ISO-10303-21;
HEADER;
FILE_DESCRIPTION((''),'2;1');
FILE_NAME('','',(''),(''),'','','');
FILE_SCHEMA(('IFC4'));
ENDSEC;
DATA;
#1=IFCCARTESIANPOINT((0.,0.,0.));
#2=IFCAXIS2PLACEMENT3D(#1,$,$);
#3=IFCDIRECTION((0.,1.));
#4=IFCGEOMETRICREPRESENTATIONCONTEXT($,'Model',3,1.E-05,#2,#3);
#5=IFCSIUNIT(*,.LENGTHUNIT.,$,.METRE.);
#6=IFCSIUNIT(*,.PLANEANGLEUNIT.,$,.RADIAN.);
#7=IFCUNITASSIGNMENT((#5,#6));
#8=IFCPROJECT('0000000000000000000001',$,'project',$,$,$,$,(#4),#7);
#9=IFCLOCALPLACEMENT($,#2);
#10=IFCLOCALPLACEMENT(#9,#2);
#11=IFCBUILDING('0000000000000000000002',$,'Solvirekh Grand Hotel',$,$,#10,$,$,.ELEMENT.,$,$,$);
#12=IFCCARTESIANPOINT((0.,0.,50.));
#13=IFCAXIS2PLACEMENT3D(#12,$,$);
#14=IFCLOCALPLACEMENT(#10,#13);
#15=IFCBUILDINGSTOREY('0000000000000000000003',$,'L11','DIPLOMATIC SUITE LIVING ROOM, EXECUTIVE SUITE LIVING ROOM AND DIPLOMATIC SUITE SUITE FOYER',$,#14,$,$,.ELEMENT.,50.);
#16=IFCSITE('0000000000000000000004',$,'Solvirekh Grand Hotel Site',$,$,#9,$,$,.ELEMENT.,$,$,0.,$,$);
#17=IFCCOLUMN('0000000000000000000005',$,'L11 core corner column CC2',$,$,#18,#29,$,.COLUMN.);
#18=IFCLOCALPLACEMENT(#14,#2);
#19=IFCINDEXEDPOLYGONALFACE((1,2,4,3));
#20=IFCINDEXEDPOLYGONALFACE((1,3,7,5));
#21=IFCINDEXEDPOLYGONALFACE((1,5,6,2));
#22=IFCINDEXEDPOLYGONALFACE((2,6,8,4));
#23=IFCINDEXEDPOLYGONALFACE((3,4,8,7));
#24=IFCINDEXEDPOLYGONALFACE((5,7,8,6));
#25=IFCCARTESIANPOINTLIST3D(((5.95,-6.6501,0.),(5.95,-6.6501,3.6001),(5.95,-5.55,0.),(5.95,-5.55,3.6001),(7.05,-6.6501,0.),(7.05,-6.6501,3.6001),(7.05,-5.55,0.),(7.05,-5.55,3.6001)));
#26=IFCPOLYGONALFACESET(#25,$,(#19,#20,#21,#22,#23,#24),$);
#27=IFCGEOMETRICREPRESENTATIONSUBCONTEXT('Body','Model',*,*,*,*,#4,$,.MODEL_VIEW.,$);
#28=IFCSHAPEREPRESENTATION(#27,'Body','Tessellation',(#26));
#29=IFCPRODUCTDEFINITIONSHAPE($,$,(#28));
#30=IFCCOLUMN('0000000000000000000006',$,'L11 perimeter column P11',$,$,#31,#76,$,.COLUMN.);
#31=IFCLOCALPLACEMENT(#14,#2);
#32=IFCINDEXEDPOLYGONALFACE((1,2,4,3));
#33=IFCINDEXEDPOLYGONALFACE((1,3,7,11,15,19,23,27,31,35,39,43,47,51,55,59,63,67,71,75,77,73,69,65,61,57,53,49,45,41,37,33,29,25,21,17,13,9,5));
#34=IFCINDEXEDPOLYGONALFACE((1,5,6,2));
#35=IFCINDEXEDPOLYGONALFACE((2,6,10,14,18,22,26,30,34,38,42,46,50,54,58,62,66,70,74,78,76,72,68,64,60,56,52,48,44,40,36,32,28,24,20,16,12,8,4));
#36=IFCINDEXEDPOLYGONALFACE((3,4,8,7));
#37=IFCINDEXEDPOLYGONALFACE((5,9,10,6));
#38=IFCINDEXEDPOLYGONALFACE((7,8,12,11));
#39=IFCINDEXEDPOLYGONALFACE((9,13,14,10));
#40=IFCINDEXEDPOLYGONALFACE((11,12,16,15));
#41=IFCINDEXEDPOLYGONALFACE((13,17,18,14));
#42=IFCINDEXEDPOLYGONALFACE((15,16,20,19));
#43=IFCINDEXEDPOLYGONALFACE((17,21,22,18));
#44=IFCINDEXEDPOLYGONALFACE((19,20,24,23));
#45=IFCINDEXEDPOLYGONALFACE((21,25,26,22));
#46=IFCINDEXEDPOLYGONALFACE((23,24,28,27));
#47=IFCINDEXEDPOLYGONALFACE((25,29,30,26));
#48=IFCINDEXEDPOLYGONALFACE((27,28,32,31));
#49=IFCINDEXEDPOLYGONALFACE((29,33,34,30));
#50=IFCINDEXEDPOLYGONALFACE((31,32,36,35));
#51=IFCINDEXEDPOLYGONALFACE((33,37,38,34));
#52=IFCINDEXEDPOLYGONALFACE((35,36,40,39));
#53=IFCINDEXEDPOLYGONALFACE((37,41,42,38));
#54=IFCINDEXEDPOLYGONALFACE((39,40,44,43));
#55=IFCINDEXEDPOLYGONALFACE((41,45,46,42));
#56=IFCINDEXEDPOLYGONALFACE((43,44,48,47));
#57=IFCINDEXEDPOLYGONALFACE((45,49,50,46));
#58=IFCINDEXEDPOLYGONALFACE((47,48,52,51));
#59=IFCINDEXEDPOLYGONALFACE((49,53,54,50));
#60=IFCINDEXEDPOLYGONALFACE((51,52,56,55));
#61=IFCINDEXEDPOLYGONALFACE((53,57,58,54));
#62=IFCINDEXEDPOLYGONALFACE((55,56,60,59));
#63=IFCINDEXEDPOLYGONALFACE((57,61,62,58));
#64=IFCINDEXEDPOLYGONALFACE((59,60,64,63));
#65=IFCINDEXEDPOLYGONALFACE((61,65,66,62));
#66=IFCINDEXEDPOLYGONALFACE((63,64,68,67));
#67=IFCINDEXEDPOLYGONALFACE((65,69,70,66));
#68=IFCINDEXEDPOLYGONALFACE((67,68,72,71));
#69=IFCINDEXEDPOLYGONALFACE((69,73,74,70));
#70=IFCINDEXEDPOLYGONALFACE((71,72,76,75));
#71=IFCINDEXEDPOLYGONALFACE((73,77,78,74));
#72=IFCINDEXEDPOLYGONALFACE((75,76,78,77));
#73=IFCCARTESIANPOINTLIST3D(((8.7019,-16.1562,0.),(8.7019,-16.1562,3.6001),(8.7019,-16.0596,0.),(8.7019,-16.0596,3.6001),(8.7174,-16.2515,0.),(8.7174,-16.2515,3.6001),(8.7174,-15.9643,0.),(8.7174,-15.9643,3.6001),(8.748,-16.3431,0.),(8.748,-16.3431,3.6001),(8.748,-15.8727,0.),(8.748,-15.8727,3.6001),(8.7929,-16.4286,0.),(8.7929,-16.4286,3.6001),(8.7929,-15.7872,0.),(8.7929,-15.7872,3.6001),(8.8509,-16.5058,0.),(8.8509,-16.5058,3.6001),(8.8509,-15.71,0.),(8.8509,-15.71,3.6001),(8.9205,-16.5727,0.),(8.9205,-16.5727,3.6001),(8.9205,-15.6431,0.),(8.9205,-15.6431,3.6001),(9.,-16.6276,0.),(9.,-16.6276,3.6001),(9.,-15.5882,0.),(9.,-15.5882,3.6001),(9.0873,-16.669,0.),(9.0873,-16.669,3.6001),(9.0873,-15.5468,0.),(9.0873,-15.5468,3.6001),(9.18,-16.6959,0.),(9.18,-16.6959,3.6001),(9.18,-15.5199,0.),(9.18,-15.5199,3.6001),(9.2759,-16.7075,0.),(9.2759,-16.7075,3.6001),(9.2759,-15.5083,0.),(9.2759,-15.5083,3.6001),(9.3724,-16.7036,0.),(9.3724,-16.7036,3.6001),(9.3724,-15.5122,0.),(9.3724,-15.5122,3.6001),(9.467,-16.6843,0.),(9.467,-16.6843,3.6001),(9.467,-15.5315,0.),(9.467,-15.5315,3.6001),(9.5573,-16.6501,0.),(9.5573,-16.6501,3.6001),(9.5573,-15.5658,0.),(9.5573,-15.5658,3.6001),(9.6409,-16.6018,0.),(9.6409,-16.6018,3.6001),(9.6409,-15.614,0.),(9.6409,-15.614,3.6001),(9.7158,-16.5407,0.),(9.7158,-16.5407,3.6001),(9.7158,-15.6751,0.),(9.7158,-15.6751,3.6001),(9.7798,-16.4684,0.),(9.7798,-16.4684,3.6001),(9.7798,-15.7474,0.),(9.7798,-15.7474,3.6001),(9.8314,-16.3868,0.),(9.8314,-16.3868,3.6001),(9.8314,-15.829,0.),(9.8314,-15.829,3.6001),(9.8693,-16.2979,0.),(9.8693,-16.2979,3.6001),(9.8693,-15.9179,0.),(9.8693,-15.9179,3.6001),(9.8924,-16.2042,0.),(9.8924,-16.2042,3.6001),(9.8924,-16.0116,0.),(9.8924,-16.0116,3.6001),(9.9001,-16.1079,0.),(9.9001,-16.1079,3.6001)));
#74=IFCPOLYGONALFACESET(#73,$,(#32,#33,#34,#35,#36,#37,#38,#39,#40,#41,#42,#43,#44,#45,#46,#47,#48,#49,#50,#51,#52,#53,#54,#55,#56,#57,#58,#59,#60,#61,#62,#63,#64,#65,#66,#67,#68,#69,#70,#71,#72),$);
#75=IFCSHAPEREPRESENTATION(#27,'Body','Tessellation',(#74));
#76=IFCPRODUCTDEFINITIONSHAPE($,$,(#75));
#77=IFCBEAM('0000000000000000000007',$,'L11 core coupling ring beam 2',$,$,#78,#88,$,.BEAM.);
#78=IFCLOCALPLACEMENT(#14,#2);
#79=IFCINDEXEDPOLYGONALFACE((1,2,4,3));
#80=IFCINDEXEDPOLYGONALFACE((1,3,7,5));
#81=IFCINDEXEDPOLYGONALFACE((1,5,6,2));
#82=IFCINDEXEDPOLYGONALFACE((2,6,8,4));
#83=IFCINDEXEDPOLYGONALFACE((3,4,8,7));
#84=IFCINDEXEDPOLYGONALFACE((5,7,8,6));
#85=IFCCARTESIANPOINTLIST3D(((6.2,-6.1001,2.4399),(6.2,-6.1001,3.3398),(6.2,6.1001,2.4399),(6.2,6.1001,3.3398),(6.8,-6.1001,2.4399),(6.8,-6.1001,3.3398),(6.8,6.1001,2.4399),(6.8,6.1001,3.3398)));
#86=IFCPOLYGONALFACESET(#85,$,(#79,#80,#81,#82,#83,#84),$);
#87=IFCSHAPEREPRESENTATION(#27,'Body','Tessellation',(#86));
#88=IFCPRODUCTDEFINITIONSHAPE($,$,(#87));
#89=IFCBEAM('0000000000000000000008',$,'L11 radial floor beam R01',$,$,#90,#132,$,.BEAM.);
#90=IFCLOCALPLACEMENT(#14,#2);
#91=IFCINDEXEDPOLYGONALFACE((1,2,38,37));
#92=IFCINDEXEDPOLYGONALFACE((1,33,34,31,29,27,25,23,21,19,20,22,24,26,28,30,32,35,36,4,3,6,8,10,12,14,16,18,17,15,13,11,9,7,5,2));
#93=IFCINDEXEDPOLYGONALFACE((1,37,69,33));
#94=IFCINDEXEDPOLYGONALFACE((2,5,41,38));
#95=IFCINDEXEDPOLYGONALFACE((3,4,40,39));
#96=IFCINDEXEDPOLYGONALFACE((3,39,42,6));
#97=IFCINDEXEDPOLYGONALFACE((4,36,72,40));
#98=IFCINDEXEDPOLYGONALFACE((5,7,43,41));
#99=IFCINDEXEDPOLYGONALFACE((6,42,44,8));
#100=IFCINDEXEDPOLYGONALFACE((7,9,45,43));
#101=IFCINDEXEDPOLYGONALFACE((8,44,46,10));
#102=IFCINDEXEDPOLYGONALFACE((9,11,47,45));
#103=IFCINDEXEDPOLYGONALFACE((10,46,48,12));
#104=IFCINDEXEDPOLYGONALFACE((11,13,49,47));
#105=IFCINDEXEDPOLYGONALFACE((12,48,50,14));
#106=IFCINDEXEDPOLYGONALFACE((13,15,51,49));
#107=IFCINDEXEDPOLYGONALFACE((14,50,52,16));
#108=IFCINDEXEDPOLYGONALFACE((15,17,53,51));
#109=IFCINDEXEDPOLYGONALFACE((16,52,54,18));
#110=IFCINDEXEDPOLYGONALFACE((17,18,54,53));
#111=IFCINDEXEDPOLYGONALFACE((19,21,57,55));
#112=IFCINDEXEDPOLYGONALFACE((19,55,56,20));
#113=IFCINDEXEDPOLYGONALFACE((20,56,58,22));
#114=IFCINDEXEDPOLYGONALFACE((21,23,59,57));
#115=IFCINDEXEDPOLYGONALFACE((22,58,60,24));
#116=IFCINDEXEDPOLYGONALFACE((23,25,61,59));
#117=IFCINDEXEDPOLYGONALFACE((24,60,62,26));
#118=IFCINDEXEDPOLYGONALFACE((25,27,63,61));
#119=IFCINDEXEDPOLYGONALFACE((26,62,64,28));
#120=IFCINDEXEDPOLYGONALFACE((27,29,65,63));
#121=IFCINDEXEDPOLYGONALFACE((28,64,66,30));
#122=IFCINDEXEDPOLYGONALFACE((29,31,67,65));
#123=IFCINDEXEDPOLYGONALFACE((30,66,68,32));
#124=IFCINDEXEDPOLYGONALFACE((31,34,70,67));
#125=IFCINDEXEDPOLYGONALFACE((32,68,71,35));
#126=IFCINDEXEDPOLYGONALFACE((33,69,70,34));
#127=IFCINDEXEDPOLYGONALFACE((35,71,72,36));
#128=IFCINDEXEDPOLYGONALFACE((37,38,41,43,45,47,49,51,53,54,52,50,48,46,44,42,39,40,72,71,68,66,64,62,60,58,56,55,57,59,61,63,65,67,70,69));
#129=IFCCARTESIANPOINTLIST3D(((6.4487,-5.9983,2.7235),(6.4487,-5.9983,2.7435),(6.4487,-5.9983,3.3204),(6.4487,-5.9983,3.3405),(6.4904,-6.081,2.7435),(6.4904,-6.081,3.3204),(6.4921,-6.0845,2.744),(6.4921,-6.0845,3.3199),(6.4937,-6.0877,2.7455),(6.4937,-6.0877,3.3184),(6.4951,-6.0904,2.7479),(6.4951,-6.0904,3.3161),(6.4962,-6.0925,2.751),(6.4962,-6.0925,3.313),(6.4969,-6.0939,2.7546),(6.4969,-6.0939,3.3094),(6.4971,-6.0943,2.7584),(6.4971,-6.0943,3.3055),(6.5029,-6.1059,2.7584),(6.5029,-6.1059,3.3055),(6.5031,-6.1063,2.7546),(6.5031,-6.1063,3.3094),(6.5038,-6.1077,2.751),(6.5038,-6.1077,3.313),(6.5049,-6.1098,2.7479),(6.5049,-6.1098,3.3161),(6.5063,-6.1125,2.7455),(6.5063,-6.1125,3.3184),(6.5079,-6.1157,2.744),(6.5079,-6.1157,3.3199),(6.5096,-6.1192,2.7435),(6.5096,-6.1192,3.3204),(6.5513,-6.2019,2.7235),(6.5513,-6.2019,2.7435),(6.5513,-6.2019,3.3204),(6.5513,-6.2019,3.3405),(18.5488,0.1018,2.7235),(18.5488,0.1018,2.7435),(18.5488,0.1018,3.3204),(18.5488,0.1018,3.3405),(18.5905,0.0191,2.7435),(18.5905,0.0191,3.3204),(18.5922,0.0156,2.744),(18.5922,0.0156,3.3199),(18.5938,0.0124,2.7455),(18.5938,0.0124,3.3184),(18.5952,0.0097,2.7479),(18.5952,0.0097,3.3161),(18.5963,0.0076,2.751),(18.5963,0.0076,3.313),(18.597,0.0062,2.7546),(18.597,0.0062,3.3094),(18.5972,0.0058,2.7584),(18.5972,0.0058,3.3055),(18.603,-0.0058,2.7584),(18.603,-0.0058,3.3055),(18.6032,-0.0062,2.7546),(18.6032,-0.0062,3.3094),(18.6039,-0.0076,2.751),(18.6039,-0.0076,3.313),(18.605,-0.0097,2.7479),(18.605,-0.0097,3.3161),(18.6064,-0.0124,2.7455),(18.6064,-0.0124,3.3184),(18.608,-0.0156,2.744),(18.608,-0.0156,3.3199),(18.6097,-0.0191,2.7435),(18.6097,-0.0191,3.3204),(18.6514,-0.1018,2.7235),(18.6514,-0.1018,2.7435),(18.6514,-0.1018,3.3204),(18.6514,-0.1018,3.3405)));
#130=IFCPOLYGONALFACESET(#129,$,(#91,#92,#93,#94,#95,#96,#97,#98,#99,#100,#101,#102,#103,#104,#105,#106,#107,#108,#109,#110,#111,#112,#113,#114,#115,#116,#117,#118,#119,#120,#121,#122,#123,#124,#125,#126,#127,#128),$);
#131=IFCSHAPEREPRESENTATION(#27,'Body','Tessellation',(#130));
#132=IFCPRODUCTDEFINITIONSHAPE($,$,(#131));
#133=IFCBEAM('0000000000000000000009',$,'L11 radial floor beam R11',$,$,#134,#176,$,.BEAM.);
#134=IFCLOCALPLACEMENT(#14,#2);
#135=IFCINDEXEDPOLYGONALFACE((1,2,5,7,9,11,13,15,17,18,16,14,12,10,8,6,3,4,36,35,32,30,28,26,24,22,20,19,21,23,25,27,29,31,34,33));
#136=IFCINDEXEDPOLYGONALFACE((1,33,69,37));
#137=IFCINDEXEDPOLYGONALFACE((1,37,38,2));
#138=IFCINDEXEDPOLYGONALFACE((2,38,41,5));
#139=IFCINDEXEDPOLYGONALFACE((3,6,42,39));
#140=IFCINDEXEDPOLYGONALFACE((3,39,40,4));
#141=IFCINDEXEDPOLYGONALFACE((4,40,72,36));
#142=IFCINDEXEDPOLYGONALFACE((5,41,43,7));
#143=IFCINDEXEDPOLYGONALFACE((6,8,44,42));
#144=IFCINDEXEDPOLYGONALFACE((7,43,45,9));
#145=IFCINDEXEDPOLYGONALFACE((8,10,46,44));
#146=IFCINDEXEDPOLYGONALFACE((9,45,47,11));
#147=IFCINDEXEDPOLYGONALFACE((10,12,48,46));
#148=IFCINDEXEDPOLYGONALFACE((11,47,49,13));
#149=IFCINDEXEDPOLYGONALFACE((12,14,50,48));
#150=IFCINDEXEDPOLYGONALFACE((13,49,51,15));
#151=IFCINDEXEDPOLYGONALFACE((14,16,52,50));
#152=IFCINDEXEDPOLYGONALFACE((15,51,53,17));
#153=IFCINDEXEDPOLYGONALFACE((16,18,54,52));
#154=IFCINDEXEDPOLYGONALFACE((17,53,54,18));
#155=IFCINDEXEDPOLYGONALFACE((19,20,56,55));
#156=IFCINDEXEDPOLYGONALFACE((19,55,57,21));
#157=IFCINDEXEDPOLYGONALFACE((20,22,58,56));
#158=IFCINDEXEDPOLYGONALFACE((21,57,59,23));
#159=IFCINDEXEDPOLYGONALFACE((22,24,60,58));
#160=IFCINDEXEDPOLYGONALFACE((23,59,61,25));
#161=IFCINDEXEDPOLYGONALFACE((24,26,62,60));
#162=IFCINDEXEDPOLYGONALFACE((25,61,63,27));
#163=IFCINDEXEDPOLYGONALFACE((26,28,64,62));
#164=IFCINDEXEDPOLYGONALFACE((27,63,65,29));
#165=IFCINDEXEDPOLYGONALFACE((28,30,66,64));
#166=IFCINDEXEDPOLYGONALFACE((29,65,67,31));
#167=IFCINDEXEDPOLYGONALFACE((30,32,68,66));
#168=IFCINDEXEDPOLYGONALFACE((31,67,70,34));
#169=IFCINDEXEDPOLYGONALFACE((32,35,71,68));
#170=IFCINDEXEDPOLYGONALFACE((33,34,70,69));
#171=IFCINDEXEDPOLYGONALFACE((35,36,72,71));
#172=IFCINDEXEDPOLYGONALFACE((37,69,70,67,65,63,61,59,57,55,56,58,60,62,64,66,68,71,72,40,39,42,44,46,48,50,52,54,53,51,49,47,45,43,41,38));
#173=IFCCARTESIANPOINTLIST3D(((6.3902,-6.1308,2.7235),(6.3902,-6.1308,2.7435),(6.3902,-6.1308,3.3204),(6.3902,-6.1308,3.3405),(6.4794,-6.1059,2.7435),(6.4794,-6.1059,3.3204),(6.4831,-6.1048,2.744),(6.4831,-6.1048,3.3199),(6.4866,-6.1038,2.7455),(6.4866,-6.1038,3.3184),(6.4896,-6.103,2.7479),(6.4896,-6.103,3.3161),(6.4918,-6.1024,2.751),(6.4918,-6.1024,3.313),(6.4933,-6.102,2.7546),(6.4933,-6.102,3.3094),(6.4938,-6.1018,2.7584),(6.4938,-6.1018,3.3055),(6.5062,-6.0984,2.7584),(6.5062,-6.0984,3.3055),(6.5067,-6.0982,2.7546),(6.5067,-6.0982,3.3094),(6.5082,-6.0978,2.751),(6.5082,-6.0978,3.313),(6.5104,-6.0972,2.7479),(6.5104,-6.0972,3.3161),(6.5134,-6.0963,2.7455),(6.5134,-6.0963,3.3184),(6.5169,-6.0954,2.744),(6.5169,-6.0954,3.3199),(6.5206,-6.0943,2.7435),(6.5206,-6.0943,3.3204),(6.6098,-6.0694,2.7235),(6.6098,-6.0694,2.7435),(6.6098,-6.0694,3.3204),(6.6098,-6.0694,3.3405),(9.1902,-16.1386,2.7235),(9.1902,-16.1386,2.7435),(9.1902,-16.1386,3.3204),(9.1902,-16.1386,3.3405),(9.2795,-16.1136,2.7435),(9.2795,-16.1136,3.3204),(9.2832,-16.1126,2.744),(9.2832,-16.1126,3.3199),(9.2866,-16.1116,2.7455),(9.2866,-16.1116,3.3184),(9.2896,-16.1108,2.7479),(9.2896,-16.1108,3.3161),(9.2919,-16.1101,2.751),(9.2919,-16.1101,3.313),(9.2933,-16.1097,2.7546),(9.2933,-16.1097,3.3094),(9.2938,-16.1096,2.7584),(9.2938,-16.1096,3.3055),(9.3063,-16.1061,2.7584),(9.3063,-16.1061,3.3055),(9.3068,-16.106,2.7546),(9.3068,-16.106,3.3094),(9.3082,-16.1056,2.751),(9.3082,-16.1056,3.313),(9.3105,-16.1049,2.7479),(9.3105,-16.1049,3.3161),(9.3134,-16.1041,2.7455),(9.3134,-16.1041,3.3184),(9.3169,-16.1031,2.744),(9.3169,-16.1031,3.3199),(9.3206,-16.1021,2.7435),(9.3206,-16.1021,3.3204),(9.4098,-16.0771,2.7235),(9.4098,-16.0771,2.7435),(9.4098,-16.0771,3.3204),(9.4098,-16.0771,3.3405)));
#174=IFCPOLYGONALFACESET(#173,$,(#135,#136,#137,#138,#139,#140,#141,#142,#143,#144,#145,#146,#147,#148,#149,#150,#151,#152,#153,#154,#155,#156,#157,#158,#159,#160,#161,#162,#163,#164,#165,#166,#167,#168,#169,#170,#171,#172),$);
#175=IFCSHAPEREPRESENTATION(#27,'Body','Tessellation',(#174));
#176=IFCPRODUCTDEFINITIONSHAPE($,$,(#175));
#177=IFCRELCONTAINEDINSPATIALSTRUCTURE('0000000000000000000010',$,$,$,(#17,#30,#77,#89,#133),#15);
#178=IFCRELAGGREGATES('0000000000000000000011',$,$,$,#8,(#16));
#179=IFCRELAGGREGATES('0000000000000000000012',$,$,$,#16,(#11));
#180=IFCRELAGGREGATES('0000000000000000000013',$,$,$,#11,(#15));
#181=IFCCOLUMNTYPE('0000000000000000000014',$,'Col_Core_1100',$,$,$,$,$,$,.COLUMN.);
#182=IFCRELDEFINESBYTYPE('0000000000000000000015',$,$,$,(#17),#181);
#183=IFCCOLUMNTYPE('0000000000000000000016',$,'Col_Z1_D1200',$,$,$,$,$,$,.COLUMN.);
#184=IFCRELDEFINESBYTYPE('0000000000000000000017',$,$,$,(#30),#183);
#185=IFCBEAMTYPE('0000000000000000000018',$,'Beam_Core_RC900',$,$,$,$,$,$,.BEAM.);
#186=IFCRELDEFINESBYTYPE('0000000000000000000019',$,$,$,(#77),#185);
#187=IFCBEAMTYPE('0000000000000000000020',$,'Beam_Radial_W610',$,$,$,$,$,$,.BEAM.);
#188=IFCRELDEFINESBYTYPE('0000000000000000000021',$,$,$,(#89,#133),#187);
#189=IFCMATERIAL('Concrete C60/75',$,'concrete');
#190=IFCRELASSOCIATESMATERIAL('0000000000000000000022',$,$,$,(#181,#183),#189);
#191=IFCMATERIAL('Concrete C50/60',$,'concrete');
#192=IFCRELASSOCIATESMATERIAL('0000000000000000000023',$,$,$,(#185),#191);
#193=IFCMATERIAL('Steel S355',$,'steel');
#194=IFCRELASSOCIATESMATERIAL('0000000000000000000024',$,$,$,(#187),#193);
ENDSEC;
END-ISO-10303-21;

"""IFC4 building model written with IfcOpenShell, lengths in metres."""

from ifc_helpers import new_model, si_unit, direction, frame, origin, origin_2d, place, context, subcontext, project, spatial, rectangle, circle, i_section, extrude, material, material_profile, profile_set, type_object, element, save


model = new_model("IFC4")

# Units and contexts
model_context = context("Model", 3, precision=1e-05, world=origin(), true_north=direction((0.0, 1.0)))
body_context = subcontext(model_context, "Body", "Model", "MODEL_VIEW")
ifc_project = project(units=[si_unit("LENGTHUNIT", "METRE"), si_unit("PLANEANGLEUNIT", "RADIAN")], contexts=[model_context])

# Site, building, storey
site_placement = place(None, origin())
site = spatial("IfcSite", under=ifc_project, at=site_placement, Name="Solvirekh Grand Hotel Site", CompositionType="ELEMENT", RefElevation=0.0)
building_placement = place(site_placement, origin())
building = spatial("IfcBuilding", under=site, at=building_placement, Name="Solvirekh Grand Hotel", CompositionType="ELEMENT")
storey_placement = place(building_placement, frame((0.0, 0.0, 50.0)))
storey = spatial("IfcBuildingStorey", under=building, at=storey_placement, Name="L11", Description="DIPLOMATIC SUITE LIVING ROOM, EXECUTIVE SUITE LIVING ROOM AND DIPLOMATIC SUITE SUITE FOYER", CompositionType="ELEMENT", Elevation=50.0)

# Columns
ifc_material_1 = material(Name="Concrete C60/75", Category="concrete")
ifc_material_profile_1 = material_profile(ifc_material_1, rectangle(XDim=1.1001, YDim=1.1001, at=origin_2d()), Name="RC 1100X1100")
ifc_profile_set_1 = profile_set([ifc_material_profile_1], Name="Concrete C60/75")
column_type_1 = type_object("IfcColumnType", Name="Col_Core_1100", PredefinedType="COLUMN", material=ifc_profile_set_1)
column_1_placement = place(storey_placement, frame((6.5, -6.1001, 0.0), z_axis=(0.0, 0.0, 1.0), x_axis=(1.0, 0.0, 0.0)))
element("IfcColumn", 1, at=column_1_placement, inside=storey, type_object=column_type_1, Name="L11 core corner column CC2", PredefinedType="COLUMN", context=body_context, shape_type="SweptSolid", body=[
    extrude(rectangle(XDim=1.1001, YDim=1.1001, at=origin_2d()), origin(), (0.0, 0.0, 1.0), 3.6001),
])
ifc_material_profile_2 = material_profile(ifc_material_1, circle(Radius=0.6001, at=origin_2d()), Name="RC CIRC D1200")
ifc_profile_set_2 = profile_set([ifc_material_profile_2], Name="Concrete C60/75")
column_type_2 = type_object("IfcColumnType", Name="Col_Z1_D1200", PredefinedType="COLUMN", material=ifc_profile_set_2)
column_2_placement = place(storey_placement, frame((9.3, -16.1079, 0.0), z_axis=(0.0, 0.0, 1.0), x_axis=(1.0, 0.0, 0.0)))
element("IfcColumn", 2, at=column_2_placement, inside=storey, type_object=column_type_2, Name="L11 perimeter column P11", PredefinedType="COLUMN", context=body_context, shape_type="SweptSolid", body=[
    extrude(circle(Radius=0.6001, at=origin_2d()), origin(), (0.0, 0.0, 1.0), 3.6001),
])

# Beams
ifc_material_2 = material(Name="Concrete C50/60", Category="concrete")
ifc_material_profile_3 = material_profile(ifc_material_2, rectangle(XDim=0.6001, YDim=0.8999, at=origin_2d()), Name="RC BEAM 600X900")
ifc_profile_set_3 = profile_set([ifc_material_profile_3], Name="Concrete C50/60")
beam_type_1 = type_object("IfcBeamType", Name="Beam_Core_RC900", PredefinedType="BEAM", material=ifc_profile_set_3)
beam_1_placement = place(storey_placement, frame((6.5, -6.1001, 2.8899), z_axis=(0.0, 1.0, 0.0), x_axis=(-1.0, 0.0, 0.0)))
element("IfcBeam", 3, at=beam_1_placement, inside=storey, type_object=beam_type_1, Name="L11 core coupling ring beam 2", PredefinedType="BEAM", context=body_context, shape_type="SweptSolid", body=[
    extrude(rectangle(XDim=0.6001, YDim=0.8999, at=origin_2d()), origin(), (0.0, 0.0, 1.0), 12.2002),
])
ifc_material_3 = material(Name="Steel S355", Category="steel")
ifc_material_profile_4 = material_profile(ifc_material_3, i_section(OverallWidth=0.228, OverallDepth=0.6169, WebThickness=0.0129, FlangeThickness=0.02, FilletRadius=0.0149, at=origin_2d()), Name="W610X140")
ifc_profile_set_4 = profile_set([ifc_material_profile_4], Name="Steel S355")
beam_type_2 = type_object("IfcBeamType", Name="Beam_Radial_W610", PredefinedType="BEAM", material=ifc_profile_set_4)
beam_2_placement = place(storey_placement, frame((6.5, -6.1001, 3.032), z_axis=(0.892945, 0.450166, 0.0), x_axis=(-0.450166, 0.892945, 0.0)))
element("IfcBeam", 4, at=beam_2_placement, inside=storey, type_object=beam_type_2, Name="L11 radial floor beam R01", PredefinedType="BEAM", context=body_context, shape_type="SweptSolid", body=[
    extrude(i_section(OverallWidth=0.228, OverallDepth=0.6169, WebThickness=0.0129, FlangeThickness=0.02, FilletRadius=0.0149, at=origin_2d()), origin(), (0.0, 0.0, 1.0), 13.5508),
])
beam_3_placement = place(storey_placement, frame((6.5, -6.1001, 3.032), z_axis=(0.269439, -0.963017, 0.0), x_axis=(0.963017, 0.269439, 0.0)))
element("IfcBeam", 5, at=beam_3_placement, inside=storey, type_object=beam_type_2, Name="L11 radial floor beam R11", PredefinedType="BEAM", context=body_context, shape_type="SweptSolid", body=[
    extrude(i_section(OverallWidth=0.228, OverallDepth=0.6169, WebThickness=0.0129, FlangeThickness=0.02, FilletRadius=0.0149, at=origin_2d()), origin(), (0.0, 0.0, 1.0), 10.3921),
])

save(model, "model.ifc")
